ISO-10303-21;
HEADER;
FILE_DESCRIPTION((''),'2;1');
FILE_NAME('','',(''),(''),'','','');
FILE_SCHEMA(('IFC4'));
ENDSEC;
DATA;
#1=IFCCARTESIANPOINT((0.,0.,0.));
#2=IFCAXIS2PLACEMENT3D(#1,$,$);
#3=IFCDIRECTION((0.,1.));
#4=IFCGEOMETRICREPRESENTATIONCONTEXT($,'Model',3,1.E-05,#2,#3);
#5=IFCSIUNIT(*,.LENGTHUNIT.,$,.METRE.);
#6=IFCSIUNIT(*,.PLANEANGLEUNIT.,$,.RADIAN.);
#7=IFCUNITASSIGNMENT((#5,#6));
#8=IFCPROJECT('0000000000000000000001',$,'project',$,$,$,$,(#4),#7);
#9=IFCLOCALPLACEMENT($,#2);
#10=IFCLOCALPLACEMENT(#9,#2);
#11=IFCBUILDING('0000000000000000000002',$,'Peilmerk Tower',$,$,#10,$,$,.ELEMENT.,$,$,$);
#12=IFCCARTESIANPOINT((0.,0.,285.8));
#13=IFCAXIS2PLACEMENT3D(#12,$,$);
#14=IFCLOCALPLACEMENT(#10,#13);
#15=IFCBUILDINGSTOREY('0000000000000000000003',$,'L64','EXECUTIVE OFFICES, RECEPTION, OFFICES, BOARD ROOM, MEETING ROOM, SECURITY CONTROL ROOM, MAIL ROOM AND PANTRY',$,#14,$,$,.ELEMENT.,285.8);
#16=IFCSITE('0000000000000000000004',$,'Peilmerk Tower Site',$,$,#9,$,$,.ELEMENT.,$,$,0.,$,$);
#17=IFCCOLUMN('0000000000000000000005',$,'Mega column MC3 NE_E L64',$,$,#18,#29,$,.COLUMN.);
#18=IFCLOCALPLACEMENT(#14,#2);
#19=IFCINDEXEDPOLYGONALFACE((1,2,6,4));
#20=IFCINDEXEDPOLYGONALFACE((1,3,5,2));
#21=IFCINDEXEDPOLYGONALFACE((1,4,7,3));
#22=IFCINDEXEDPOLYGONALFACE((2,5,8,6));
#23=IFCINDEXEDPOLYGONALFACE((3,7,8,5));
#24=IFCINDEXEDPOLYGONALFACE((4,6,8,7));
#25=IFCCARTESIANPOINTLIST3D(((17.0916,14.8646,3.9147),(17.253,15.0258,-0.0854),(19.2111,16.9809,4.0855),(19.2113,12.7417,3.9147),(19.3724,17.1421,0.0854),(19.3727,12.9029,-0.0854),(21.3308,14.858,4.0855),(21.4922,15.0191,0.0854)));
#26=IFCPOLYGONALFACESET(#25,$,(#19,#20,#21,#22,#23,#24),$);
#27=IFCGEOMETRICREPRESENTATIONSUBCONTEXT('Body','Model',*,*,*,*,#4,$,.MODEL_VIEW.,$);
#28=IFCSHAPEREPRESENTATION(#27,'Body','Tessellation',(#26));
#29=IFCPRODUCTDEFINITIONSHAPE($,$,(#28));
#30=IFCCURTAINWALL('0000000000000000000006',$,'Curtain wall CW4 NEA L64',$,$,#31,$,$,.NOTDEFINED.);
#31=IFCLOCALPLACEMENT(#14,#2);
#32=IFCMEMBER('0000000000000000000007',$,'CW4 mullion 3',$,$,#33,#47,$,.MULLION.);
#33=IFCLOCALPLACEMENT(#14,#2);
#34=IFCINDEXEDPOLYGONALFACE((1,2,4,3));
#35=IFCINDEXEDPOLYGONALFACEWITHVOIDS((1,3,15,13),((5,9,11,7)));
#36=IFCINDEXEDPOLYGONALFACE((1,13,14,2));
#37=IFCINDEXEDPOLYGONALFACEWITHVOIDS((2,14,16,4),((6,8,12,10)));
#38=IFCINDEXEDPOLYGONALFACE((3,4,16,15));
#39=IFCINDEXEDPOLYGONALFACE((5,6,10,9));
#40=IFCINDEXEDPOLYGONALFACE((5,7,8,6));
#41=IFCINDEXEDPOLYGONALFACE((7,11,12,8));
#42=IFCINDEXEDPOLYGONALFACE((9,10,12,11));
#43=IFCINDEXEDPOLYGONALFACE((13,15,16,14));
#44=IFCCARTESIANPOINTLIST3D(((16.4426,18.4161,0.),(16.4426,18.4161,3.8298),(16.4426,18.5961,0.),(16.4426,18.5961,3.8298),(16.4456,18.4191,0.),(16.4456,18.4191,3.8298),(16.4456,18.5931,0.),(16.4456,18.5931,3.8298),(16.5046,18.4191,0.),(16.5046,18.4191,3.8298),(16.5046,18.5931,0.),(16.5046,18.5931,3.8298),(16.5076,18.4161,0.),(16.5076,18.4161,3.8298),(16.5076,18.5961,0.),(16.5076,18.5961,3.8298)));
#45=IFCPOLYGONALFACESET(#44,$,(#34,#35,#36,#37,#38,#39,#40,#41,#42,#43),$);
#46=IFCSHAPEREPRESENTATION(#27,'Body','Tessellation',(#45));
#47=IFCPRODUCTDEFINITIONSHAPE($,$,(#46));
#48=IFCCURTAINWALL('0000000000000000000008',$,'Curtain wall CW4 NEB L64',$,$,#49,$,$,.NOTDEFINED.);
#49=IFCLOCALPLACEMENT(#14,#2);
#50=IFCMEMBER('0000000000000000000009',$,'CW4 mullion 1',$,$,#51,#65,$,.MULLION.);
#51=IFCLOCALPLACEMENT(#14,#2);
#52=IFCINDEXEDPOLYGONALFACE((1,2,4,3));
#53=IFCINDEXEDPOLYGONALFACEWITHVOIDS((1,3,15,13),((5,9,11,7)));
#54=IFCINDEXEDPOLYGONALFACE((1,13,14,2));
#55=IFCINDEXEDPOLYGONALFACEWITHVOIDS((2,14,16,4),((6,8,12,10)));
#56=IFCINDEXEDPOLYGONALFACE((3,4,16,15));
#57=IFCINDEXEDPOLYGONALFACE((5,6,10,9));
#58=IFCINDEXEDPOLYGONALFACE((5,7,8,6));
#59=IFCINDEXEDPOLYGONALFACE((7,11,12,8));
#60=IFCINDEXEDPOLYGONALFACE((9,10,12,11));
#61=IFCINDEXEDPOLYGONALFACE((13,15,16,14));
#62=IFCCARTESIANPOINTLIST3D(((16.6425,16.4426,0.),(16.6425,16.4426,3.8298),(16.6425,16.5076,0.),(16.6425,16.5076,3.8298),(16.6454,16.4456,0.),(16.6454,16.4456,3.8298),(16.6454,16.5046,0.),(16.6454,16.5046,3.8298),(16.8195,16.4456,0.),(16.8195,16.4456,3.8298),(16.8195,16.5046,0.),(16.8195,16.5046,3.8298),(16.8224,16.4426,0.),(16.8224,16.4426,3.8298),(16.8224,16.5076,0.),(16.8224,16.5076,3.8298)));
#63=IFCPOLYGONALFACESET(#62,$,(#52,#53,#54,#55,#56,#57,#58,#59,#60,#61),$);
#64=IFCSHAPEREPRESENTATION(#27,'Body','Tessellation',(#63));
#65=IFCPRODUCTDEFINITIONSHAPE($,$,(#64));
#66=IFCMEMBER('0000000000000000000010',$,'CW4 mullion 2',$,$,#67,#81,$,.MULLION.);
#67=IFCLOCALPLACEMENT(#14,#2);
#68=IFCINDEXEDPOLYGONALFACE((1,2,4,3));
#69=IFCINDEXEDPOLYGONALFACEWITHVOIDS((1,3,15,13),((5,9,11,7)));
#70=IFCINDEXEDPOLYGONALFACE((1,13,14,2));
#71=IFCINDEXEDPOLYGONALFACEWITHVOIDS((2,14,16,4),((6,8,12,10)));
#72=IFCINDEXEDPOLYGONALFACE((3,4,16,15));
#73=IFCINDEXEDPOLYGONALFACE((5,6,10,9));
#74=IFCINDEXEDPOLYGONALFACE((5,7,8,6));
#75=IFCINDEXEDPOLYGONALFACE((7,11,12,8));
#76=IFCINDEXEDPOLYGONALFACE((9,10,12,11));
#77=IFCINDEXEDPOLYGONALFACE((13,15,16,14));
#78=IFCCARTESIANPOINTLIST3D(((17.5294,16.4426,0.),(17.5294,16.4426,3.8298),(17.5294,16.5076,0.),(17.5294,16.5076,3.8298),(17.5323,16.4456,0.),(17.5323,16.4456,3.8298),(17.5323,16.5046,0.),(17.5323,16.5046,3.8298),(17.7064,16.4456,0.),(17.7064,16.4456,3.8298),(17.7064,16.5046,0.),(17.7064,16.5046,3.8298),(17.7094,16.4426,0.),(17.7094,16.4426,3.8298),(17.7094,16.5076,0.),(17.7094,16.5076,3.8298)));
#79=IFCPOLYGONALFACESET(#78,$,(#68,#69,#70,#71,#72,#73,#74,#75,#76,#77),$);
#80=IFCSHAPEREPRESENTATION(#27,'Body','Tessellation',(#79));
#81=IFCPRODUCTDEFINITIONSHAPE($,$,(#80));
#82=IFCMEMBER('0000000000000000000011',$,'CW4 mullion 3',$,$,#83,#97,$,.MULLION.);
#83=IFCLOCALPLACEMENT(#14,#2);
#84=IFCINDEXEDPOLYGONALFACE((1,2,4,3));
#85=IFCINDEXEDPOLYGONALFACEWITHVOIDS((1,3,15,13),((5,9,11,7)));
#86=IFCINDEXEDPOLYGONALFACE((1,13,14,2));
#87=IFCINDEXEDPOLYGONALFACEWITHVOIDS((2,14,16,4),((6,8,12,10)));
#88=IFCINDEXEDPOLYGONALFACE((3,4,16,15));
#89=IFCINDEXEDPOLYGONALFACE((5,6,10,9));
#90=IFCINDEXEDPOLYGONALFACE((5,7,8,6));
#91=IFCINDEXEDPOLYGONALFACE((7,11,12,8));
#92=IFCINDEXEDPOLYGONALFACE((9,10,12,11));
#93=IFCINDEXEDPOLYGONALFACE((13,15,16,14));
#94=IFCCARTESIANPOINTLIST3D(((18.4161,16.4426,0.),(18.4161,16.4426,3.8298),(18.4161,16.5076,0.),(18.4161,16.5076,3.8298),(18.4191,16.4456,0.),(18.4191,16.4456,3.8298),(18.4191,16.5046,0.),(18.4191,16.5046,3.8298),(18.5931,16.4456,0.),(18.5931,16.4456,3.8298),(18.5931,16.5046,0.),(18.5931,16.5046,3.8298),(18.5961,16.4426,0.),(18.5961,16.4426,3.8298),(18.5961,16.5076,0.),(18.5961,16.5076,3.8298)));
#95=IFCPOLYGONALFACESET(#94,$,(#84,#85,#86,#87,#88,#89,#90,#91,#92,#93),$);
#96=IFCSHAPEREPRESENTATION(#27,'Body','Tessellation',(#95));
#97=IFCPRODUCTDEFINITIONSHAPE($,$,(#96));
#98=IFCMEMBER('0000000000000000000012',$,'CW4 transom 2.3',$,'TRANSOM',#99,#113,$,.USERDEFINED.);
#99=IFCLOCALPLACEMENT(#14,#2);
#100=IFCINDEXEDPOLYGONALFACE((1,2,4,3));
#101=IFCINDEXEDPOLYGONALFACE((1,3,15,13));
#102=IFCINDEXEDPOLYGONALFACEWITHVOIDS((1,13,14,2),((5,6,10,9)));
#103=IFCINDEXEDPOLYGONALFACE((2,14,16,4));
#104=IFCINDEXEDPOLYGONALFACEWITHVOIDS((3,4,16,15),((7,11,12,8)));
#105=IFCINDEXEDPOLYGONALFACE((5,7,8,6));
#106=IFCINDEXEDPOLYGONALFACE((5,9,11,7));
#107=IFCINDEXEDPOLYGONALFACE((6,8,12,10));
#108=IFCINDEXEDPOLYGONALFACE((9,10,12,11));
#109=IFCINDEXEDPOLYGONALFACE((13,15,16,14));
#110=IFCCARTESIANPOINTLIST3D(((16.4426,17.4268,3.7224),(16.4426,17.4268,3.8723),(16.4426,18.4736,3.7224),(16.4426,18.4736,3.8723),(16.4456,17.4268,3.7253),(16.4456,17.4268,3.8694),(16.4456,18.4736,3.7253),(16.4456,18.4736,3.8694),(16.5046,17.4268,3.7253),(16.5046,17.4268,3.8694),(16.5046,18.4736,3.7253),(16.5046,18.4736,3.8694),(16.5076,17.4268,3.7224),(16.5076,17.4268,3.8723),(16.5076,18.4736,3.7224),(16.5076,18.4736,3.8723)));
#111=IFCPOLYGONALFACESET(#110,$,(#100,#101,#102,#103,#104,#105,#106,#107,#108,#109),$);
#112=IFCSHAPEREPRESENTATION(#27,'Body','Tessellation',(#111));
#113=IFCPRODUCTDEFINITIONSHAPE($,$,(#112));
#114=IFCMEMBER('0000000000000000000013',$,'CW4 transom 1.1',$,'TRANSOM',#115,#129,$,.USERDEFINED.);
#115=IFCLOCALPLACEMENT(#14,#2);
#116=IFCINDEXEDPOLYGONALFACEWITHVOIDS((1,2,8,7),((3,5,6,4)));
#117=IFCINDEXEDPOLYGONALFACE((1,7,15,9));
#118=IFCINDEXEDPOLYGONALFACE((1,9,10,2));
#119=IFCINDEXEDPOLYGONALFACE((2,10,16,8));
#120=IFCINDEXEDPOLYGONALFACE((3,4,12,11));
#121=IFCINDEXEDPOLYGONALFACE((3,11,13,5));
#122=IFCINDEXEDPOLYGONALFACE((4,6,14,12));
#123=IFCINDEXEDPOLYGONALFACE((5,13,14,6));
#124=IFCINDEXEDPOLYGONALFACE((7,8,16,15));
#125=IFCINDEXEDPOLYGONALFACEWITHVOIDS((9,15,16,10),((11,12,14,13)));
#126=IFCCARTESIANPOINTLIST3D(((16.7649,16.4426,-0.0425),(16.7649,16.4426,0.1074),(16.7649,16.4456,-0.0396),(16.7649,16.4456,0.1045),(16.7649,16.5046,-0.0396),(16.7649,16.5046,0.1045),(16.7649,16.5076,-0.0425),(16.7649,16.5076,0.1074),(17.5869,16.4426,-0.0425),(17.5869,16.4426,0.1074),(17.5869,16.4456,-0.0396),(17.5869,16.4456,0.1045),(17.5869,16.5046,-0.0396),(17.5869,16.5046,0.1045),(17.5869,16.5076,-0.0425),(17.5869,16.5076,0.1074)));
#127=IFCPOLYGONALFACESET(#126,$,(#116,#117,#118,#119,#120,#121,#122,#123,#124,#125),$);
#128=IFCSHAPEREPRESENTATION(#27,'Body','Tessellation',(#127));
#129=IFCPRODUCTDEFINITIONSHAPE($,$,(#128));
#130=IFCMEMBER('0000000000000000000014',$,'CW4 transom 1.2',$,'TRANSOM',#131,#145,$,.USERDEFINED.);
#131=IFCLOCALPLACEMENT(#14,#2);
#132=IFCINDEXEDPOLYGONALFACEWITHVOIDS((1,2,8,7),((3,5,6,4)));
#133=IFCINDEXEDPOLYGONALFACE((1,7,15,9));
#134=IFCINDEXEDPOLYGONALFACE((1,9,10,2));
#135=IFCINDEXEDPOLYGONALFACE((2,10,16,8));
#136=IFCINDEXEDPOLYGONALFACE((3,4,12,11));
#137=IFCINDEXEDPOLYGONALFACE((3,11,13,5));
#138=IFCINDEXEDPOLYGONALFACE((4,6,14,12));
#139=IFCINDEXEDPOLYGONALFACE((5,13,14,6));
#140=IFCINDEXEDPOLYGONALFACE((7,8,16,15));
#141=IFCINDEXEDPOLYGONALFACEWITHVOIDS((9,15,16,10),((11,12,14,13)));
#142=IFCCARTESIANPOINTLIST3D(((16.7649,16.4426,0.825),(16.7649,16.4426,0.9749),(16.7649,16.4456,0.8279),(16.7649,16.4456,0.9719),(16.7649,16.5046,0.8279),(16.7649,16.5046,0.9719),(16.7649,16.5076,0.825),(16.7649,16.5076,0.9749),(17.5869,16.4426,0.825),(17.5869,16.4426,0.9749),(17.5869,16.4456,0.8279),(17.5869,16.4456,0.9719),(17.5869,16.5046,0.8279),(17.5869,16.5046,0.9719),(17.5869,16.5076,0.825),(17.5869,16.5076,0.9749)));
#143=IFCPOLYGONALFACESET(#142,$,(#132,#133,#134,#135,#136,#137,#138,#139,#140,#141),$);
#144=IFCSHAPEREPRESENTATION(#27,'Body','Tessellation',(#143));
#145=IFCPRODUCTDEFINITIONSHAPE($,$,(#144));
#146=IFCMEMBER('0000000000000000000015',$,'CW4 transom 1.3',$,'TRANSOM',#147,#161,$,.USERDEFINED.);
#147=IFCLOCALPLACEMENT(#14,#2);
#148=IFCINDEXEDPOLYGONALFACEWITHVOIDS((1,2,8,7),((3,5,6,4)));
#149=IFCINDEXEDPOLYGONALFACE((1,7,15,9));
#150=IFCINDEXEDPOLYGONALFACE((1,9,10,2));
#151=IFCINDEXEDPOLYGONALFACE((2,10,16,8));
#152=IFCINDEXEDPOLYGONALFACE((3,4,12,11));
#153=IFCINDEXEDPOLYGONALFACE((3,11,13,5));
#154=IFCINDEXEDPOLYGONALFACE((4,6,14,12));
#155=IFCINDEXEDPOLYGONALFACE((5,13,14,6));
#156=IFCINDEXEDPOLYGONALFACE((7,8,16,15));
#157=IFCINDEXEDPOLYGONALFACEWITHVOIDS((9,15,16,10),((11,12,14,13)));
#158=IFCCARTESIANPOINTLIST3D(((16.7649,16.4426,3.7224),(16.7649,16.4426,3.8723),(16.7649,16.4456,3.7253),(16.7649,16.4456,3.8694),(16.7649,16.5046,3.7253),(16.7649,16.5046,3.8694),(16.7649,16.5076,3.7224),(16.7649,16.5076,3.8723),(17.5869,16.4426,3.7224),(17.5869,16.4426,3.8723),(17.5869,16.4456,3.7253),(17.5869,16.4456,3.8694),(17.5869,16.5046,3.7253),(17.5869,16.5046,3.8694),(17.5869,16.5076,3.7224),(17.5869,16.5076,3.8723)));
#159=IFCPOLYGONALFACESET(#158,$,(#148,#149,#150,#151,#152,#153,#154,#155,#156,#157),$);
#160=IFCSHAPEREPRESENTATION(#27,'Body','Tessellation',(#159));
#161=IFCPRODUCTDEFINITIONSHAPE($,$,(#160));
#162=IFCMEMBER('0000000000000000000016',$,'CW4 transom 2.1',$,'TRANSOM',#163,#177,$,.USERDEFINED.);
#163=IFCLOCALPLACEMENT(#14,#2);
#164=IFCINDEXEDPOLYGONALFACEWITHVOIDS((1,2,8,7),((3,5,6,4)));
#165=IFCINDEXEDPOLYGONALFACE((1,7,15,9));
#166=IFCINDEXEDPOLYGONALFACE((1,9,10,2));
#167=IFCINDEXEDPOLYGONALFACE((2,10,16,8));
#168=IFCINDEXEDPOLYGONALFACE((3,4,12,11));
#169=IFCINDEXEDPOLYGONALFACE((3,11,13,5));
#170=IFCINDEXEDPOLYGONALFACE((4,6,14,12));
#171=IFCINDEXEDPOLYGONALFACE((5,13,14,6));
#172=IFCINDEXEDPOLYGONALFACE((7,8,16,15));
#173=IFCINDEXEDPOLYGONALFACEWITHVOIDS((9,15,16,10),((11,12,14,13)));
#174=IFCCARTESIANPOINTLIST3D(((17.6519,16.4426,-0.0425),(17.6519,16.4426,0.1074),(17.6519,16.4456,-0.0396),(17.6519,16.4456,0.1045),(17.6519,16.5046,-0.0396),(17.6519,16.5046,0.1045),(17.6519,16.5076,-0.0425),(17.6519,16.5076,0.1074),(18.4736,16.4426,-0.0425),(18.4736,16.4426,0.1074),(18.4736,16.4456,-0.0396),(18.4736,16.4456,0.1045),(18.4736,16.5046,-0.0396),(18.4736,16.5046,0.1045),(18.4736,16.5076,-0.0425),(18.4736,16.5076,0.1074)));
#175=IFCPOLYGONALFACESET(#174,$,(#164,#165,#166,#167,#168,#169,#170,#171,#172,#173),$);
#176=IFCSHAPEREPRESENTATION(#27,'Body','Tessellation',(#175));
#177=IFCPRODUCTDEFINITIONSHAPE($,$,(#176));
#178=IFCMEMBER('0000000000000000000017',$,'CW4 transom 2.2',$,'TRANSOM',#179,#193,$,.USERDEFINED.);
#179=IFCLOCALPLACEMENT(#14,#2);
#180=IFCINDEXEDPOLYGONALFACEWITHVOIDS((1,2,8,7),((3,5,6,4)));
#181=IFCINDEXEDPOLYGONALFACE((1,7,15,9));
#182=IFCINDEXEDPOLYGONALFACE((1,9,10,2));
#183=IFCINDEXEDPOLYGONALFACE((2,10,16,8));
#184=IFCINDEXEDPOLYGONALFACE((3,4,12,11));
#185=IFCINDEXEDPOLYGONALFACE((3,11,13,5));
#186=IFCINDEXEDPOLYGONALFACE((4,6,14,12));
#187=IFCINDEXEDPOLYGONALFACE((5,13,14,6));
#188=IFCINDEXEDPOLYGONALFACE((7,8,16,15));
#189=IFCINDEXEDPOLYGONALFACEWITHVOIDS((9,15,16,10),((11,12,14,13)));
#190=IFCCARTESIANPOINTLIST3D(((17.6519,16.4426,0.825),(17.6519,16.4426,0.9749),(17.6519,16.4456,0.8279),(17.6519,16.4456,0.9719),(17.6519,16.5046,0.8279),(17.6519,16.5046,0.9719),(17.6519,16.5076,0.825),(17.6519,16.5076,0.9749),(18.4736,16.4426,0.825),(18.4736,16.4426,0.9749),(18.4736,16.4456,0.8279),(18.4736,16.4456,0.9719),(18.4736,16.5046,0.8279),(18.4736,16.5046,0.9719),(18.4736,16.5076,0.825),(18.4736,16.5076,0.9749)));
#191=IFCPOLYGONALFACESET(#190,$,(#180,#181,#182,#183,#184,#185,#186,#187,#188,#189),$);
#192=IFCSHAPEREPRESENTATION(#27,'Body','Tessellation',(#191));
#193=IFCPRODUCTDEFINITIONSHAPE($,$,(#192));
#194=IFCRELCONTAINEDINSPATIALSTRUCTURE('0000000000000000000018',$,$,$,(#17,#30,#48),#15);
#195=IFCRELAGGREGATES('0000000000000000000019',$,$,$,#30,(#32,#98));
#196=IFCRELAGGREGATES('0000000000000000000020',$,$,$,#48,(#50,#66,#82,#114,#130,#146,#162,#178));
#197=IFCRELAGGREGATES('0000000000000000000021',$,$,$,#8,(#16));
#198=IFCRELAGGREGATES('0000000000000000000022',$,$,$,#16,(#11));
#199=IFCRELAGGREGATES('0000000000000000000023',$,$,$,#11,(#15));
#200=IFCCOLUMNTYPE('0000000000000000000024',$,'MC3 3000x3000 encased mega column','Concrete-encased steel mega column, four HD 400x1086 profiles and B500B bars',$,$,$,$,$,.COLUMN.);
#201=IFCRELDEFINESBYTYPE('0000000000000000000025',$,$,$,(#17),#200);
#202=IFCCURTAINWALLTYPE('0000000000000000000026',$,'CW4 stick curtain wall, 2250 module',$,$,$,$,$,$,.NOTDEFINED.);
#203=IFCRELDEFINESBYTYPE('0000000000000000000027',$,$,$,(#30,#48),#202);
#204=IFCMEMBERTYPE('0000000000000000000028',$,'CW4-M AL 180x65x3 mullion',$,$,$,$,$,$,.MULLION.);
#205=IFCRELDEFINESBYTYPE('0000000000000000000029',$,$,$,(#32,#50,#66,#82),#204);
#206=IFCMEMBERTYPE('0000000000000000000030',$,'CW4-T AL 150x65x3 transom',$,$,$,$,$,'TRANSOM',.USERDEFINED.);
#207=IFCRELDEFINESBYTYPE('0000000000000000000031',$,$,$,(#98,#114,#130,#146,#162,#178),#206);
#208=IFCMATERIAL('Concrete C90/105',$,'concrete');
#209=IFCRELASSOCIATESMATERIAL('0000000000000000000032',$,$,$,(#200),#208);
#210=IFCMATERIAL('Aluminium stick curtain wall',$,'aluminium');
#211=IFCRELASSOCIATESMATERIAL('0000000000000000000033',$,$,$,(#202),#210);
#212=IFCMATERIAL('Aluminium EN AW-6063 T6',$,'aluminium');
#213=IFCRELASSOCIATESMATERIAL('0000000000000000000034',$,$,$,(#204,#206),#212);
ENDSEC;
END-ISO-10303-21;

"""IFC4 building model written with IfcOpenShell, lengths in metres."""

from ifc_helpers import new_model, si_unit, direction, frame, origin, origin_2d, place, context, subcontext, project, spatial, rectangle, hollow_rectangle, extrude, material, material_profile, profile_set, type_object, element, aggregate, save


model = new_model("IFC4")

# Units and contexts
model_context = context("Model", 3, precision=1e-05, world=origin(), true_north=direction((0.0, 1.0)))
body_context = subcontext(model_context, "Body", "Model", "MODEL_VIEW")
ifc_project = project(units=[si_unit("LENGTHUNIT", "METRE"), si_unit("PLANEANGLEUNIT", "RADIAN")], contexts=[model_context])

# Site, building, storey
site_placement = place(None, origin())
site = spatial("IfcSite", under=ifc_project, at=site_placement, Name="Peilmerk Tower Site", CompositionType="ELEMENT", RefElevation=0.0)
building_placement = place(site_placement, origin())
building = spatial("IfcBuilding", under=site, at=building_placement, Name="Peilmerk Tower", CompositionType="ELEMENT")
storey_placement = place(building_placement, frame((0.0, 0.0, 285.8)))
storey = spatial("IfcBuildingStorey", under=building, at=storey_placement, Name="L64", Description="EXECUTIVE OFFICES, RECEPTION, OFFICES, BOARD ROOM, MEETING ROOM, SECURITY CONTROL ROOM, MAIL ROOM AND PANTRY", CompositionType="ELEMENT", Elevation=285.8)

# Column
ifc_material_1 = material(Name="Concrete C90/105", Category="concrete")
ifc_material_profile_1 = material_profile(ifc_material_1, rectangle(XDim=3.0, YDim=3.0, at=origin_2d()), Name="RC 3000x3000")
ifc_profile_set_1 = profile_set([ifc_material_profile_1], Name="Concrete C90/105")
column_type = type_object("IfcColumnType", Name="MC3 3000x3000 encased mega column", Description="Concrete-encased steel mega column, four HD 400x1086 profiles and B500B bars", PredefinedType="COLUMN", material=ifc_profile_set_1)
column_placement = place(storey_placement, frame((19.3726, 15.0225, 0.0), z_axis=(-0.040279, -0.040218, 0.998379), x_axis=(0.706571, -0.707642, 0.0)))
element("IfcColumn", 1, at=column_placement, inside=storey, type_object=column_type, Name="Mega column MC3 NE_E L64", PredefinedType="COLUMN", context=body_context, shape_type="SweptSolid", body=[
    extrude(rectangle(XDim=3.0, YDim=3.0, at=origin_2d()), origin(), (0.0, 0.0, 1.0), 4.0066),
])

# Curtain wall, member
ifc_material_2 = material(Name="Aluminium stick curtain wall", Category="aluminium")
curtain_wall_type = type_object("IfcCurtainWallType", Name="CW4 stick curtain wall, 2250 module", PredefinedType="NOTDEFINED", material=ifc_material_2)
curtain_wall_1_placement = place(storey_placement, origin())
curtain_wall_1 = element("IfcCurtainWall", 2, at=curtain_wall_1_placement, inside=storey, type_object=curtain_wall_type, Name="Curtain wall CW4 NEA L64", PredefinedType="NOTDEFINED")
ifc_material_3 = material(Name="Aluminium EN AW-6063 T6", Category="aluminium")
ifc_material_profile_2 = material_profile(ifc_material_3, hollow_rectangle(XDim=0.0649, YDim=0.1799, WallThickness=0.0029, at=origin_2d()), Name="AL 180x65x3")
ifc_profile_set_2 = profile_set([ifc_material_profile_2], Name="Aluminium EN AW-6063 T6")
member_type_1 = type_object("IfcMemberType", Name="CW4-M AL 180x65x3 mullion", PredefinedType="MULLION", material=ifc_profile_set_2)
member_1_placement = place(storey_placement, frame((16.4751, 18.5061, 0.0), z_axis=(0.0, 0.0, 1.0), x_axis=(-1.0, 0.0, 0.0)))
member_1 = element("IfcMember", 3, at=member_1_placement, type_object=member_type_1, Name="CW4 mullion 3", PredefinedType="MULLION", context=body_context, shape_type="SweptSolid", body=[
    extrude(hollow_rectangle(XDim=0.0649, YDim=0.1799, WallThickness=0.0029, at=origin_2d()), origin(), (0.0, 0.0, 1.0), 3.8298),
])

# Curtain wall, members
curtain_wall_2_placement = place(storey_placement, origin())
curtain_wall_2 = element("IfcCurtainWall", 4, at=curtain_wall_2_placement, inside=storey, type_object=curtain_wall_type, Name="Curtain wall CW4 NEB L64", PredefinedType="NOTDEFINED")
member_2_placement = place(storey_placement, frame((16.7324, 16.4751, 0.0), z_axis=(0.0, 0.0, 1.0), x_axis=(0.0, 1.0, 0.0)))
member_2 = element("IfcMember", 5, at=member_2_placement, type_object=member_type_1, Name="CW4 mullion 1", PredefinedType="MULLION", context=body_context, shape_type="SweptSolid", body=[
    extrude(hollow_rectangle(XDim=0.0649, YDim=0.1799, WallThickness=0.0029, at=origin_2d()), origin(), (0.0, 0.0, 1.0), 3.8298),
])
member_3_placement = place(storey_placement, frame((17.6194, 16.4751, 0.0), z_axis=(0.0, 0.0, 1.0), x_axis=(0.0, 1.0, 0.0)))
member_3 = element("IfcMember", 6, at=member_3_placement, type_object=member_type_1, Name="CW4 mullion 2", PredefinedType="MULLION", context=body_context, shape_type="SweptSolid", body=[
    extrude(hollow_rectangle(XDim=0.0649, YDim=0.1799, WallThickness=0.0029, at=origin_2d()), origin(), (0.0, 0.0, 1.0), 3.8298),
])
member_4_placement = place(storey_placement, frame((18.5061, 16.4751, 0.0), z_axis=(0.0, 0.0, 1.0), x_axis=(0.0, 1.0, 0.0)))
member_4 = element("IfcMember", 7, at=member_4_placement, type_object=member_type_1, Name="CW4 mullion 3", PredefinedType="MULLION", context=body_context, shape_type="SweptSolid", body=[
    extrude(hollow_rectangle(XDim=0.0649, YDim=0.1799, WallThickness=0.0029, at=origin_2d()), origin(), (0.0, 0.0, 1.0), 3.8298),
])

# Members
ifc_material_profile_3 = material_profile(ifc_material_3, hollow_rectangle(XDim=0.0649, YDim=0.1499, WallThickness=0.0029, at=origin_2d()), Name="AL 150x65x3")
ifc_profile_set_3 = profile_set([ifc_material_profile_3], Name="Aluminium EN AW-6063 T6")
member_type_2 = type_object("IfcMemberType", Name="CW4-T AL 150x65x3 transom", ElementType="TRANSOM", PredefinedType="USERDEFINED", material=ifc_profile_set_3)
member_5_placement = place(storey_placement, frame((16.4751, 17.4268, 3.7974), z_axis=(0.0, 1.0, 0.0), x_axis=(-1.0, 0.0, 0.0)))
member_5 = element("IfcMember", 8, at=member_5_placement, type_object=member_type_2, Name="CW4 transom 2.3", ObjectType="TRANSOM", PredefinedType="USERDEFINED", context=body_context, shape_type="SweptSolid", body=[
    extrude(hollow_rectangle(XDim=0.0649, YDim=0.1499, WallThickness=0.0029, at=origin_2d()), origin(), (0.0, 0.0, 1.0), 1.0469),
])
member_6_placement = place(storey_placement, frame((16.7649, 16.4751, 0.0325), z_axis=(1.0, 0.0, 0.0), x_axis=(0.0, 1.0, 0.0)))
member_6 = element("IfcMember", 9, at=member_6_placement, type_object=member_type_2, Name="CW4 transom 1.1", ObjectType="TRANSOM", PredefinedType="USERDEFINED", context=body_context, shape_type="SweptSolid", body=[
    extrude(hollow_rectangle(XDim=0.0649, YDim=0.1499, WallThickness=0.0029, at=origin_2d()), origin(), (0.0, 0.0, 1.0), 0.822),
])
member_7_placement = place(storey_placement, frame((16.7649, 16.4751, 0.8999), z_axis=(1.0, 0.0, 0.0), x_axis=(0.0, 1.0, 0.0)))
member_7 = element("IfcMember", 10, at=member_7_placement, type_object=member_type_2, Name="CW4 transom 1.2", ObjectType="TRANSOM", PredefinedType="USERDEFINED", context=body_context, shape_type="SweptSolid", body=[
    extrude(hollow_rectangle(XDim=0.0649, YDim=0.1499, WallThickness=0.0029, at=origin_2d()), origin(), (0.0, 0.0, 1.0), 0.822),
])
member_8_placement = place(storey_placement, frame((16.7649, 16.4751, 3.7974), z_axis=(1.0, 0.0, 0.0), x_axis=(0.0, 1.0, 0.0)))
member_8 = element("IfcMember", 11, at=member_8_placement, type_object=member_type_2, Name="CW4 transom 1.3", ObjectType="TRANSOM", PredefinedType="USERDEFINED", context=body_context, shape_type="SweptSolid", body=[
    extrude(hollow_rectangle(XDim=0.0649, YDim=0.1499, WallThickness=0.0029, at=origin_2d()), origin(), (0.0, 0.0, 1.0), 0.822),
])
member_9_placement = place(storey_placement, frame((17.6519, 16.4751, 0.0325), z_axis=(1.0, 0.0, 0.0), x_axis=(0.0, 1.0, 0.0)))
member_9 = element("IfcMember", 12, at=member_9_placement, type_object=member_type_2, Name="CW4 transom 2.1", ObjectType="TRANSOM", PredefinedType="USERDEFINED", context=body_context, shape_type="SweptSolid", body=[
    extrude(hollow_rectangle(XDim=0.0649, YDim=0.1499, WallThickness=0.0029, at=origin_2d()), origin(), (0.0, 0.0, 1.0), 0.8218),
])
member_10_placement = place(storey_placement, frame((17.6519, 16.4751, 0.8999), z_axis=(1.0, 0.0, 0.0), x_axis=(0.0, 1.0, 0.0)))
member_10 = element("IfcMember", 13, at=member_10_placement, type_object=member_type_2, Name="CW4 transom 2.2", ObjectType="TRANSOM", PredefinedType="USERDEFINED", context=body_context, shape_type="SweptSolid", body=[
    extrude(hollow_rectangle(XDim=0.0649, YDim=0.1499, WallThickness=0.0029, at=origin_2d()), origin(), (0.0, 0.0, 1.0), 0.8218),
])

aggregate(curtain_wall_1, [member_1, member_5])
aggregate(curtain_wall_2, [member_2, member_3, member_4, member_6, member_7, member_8, member_9, member_10])

save(model, "model.ifc")
